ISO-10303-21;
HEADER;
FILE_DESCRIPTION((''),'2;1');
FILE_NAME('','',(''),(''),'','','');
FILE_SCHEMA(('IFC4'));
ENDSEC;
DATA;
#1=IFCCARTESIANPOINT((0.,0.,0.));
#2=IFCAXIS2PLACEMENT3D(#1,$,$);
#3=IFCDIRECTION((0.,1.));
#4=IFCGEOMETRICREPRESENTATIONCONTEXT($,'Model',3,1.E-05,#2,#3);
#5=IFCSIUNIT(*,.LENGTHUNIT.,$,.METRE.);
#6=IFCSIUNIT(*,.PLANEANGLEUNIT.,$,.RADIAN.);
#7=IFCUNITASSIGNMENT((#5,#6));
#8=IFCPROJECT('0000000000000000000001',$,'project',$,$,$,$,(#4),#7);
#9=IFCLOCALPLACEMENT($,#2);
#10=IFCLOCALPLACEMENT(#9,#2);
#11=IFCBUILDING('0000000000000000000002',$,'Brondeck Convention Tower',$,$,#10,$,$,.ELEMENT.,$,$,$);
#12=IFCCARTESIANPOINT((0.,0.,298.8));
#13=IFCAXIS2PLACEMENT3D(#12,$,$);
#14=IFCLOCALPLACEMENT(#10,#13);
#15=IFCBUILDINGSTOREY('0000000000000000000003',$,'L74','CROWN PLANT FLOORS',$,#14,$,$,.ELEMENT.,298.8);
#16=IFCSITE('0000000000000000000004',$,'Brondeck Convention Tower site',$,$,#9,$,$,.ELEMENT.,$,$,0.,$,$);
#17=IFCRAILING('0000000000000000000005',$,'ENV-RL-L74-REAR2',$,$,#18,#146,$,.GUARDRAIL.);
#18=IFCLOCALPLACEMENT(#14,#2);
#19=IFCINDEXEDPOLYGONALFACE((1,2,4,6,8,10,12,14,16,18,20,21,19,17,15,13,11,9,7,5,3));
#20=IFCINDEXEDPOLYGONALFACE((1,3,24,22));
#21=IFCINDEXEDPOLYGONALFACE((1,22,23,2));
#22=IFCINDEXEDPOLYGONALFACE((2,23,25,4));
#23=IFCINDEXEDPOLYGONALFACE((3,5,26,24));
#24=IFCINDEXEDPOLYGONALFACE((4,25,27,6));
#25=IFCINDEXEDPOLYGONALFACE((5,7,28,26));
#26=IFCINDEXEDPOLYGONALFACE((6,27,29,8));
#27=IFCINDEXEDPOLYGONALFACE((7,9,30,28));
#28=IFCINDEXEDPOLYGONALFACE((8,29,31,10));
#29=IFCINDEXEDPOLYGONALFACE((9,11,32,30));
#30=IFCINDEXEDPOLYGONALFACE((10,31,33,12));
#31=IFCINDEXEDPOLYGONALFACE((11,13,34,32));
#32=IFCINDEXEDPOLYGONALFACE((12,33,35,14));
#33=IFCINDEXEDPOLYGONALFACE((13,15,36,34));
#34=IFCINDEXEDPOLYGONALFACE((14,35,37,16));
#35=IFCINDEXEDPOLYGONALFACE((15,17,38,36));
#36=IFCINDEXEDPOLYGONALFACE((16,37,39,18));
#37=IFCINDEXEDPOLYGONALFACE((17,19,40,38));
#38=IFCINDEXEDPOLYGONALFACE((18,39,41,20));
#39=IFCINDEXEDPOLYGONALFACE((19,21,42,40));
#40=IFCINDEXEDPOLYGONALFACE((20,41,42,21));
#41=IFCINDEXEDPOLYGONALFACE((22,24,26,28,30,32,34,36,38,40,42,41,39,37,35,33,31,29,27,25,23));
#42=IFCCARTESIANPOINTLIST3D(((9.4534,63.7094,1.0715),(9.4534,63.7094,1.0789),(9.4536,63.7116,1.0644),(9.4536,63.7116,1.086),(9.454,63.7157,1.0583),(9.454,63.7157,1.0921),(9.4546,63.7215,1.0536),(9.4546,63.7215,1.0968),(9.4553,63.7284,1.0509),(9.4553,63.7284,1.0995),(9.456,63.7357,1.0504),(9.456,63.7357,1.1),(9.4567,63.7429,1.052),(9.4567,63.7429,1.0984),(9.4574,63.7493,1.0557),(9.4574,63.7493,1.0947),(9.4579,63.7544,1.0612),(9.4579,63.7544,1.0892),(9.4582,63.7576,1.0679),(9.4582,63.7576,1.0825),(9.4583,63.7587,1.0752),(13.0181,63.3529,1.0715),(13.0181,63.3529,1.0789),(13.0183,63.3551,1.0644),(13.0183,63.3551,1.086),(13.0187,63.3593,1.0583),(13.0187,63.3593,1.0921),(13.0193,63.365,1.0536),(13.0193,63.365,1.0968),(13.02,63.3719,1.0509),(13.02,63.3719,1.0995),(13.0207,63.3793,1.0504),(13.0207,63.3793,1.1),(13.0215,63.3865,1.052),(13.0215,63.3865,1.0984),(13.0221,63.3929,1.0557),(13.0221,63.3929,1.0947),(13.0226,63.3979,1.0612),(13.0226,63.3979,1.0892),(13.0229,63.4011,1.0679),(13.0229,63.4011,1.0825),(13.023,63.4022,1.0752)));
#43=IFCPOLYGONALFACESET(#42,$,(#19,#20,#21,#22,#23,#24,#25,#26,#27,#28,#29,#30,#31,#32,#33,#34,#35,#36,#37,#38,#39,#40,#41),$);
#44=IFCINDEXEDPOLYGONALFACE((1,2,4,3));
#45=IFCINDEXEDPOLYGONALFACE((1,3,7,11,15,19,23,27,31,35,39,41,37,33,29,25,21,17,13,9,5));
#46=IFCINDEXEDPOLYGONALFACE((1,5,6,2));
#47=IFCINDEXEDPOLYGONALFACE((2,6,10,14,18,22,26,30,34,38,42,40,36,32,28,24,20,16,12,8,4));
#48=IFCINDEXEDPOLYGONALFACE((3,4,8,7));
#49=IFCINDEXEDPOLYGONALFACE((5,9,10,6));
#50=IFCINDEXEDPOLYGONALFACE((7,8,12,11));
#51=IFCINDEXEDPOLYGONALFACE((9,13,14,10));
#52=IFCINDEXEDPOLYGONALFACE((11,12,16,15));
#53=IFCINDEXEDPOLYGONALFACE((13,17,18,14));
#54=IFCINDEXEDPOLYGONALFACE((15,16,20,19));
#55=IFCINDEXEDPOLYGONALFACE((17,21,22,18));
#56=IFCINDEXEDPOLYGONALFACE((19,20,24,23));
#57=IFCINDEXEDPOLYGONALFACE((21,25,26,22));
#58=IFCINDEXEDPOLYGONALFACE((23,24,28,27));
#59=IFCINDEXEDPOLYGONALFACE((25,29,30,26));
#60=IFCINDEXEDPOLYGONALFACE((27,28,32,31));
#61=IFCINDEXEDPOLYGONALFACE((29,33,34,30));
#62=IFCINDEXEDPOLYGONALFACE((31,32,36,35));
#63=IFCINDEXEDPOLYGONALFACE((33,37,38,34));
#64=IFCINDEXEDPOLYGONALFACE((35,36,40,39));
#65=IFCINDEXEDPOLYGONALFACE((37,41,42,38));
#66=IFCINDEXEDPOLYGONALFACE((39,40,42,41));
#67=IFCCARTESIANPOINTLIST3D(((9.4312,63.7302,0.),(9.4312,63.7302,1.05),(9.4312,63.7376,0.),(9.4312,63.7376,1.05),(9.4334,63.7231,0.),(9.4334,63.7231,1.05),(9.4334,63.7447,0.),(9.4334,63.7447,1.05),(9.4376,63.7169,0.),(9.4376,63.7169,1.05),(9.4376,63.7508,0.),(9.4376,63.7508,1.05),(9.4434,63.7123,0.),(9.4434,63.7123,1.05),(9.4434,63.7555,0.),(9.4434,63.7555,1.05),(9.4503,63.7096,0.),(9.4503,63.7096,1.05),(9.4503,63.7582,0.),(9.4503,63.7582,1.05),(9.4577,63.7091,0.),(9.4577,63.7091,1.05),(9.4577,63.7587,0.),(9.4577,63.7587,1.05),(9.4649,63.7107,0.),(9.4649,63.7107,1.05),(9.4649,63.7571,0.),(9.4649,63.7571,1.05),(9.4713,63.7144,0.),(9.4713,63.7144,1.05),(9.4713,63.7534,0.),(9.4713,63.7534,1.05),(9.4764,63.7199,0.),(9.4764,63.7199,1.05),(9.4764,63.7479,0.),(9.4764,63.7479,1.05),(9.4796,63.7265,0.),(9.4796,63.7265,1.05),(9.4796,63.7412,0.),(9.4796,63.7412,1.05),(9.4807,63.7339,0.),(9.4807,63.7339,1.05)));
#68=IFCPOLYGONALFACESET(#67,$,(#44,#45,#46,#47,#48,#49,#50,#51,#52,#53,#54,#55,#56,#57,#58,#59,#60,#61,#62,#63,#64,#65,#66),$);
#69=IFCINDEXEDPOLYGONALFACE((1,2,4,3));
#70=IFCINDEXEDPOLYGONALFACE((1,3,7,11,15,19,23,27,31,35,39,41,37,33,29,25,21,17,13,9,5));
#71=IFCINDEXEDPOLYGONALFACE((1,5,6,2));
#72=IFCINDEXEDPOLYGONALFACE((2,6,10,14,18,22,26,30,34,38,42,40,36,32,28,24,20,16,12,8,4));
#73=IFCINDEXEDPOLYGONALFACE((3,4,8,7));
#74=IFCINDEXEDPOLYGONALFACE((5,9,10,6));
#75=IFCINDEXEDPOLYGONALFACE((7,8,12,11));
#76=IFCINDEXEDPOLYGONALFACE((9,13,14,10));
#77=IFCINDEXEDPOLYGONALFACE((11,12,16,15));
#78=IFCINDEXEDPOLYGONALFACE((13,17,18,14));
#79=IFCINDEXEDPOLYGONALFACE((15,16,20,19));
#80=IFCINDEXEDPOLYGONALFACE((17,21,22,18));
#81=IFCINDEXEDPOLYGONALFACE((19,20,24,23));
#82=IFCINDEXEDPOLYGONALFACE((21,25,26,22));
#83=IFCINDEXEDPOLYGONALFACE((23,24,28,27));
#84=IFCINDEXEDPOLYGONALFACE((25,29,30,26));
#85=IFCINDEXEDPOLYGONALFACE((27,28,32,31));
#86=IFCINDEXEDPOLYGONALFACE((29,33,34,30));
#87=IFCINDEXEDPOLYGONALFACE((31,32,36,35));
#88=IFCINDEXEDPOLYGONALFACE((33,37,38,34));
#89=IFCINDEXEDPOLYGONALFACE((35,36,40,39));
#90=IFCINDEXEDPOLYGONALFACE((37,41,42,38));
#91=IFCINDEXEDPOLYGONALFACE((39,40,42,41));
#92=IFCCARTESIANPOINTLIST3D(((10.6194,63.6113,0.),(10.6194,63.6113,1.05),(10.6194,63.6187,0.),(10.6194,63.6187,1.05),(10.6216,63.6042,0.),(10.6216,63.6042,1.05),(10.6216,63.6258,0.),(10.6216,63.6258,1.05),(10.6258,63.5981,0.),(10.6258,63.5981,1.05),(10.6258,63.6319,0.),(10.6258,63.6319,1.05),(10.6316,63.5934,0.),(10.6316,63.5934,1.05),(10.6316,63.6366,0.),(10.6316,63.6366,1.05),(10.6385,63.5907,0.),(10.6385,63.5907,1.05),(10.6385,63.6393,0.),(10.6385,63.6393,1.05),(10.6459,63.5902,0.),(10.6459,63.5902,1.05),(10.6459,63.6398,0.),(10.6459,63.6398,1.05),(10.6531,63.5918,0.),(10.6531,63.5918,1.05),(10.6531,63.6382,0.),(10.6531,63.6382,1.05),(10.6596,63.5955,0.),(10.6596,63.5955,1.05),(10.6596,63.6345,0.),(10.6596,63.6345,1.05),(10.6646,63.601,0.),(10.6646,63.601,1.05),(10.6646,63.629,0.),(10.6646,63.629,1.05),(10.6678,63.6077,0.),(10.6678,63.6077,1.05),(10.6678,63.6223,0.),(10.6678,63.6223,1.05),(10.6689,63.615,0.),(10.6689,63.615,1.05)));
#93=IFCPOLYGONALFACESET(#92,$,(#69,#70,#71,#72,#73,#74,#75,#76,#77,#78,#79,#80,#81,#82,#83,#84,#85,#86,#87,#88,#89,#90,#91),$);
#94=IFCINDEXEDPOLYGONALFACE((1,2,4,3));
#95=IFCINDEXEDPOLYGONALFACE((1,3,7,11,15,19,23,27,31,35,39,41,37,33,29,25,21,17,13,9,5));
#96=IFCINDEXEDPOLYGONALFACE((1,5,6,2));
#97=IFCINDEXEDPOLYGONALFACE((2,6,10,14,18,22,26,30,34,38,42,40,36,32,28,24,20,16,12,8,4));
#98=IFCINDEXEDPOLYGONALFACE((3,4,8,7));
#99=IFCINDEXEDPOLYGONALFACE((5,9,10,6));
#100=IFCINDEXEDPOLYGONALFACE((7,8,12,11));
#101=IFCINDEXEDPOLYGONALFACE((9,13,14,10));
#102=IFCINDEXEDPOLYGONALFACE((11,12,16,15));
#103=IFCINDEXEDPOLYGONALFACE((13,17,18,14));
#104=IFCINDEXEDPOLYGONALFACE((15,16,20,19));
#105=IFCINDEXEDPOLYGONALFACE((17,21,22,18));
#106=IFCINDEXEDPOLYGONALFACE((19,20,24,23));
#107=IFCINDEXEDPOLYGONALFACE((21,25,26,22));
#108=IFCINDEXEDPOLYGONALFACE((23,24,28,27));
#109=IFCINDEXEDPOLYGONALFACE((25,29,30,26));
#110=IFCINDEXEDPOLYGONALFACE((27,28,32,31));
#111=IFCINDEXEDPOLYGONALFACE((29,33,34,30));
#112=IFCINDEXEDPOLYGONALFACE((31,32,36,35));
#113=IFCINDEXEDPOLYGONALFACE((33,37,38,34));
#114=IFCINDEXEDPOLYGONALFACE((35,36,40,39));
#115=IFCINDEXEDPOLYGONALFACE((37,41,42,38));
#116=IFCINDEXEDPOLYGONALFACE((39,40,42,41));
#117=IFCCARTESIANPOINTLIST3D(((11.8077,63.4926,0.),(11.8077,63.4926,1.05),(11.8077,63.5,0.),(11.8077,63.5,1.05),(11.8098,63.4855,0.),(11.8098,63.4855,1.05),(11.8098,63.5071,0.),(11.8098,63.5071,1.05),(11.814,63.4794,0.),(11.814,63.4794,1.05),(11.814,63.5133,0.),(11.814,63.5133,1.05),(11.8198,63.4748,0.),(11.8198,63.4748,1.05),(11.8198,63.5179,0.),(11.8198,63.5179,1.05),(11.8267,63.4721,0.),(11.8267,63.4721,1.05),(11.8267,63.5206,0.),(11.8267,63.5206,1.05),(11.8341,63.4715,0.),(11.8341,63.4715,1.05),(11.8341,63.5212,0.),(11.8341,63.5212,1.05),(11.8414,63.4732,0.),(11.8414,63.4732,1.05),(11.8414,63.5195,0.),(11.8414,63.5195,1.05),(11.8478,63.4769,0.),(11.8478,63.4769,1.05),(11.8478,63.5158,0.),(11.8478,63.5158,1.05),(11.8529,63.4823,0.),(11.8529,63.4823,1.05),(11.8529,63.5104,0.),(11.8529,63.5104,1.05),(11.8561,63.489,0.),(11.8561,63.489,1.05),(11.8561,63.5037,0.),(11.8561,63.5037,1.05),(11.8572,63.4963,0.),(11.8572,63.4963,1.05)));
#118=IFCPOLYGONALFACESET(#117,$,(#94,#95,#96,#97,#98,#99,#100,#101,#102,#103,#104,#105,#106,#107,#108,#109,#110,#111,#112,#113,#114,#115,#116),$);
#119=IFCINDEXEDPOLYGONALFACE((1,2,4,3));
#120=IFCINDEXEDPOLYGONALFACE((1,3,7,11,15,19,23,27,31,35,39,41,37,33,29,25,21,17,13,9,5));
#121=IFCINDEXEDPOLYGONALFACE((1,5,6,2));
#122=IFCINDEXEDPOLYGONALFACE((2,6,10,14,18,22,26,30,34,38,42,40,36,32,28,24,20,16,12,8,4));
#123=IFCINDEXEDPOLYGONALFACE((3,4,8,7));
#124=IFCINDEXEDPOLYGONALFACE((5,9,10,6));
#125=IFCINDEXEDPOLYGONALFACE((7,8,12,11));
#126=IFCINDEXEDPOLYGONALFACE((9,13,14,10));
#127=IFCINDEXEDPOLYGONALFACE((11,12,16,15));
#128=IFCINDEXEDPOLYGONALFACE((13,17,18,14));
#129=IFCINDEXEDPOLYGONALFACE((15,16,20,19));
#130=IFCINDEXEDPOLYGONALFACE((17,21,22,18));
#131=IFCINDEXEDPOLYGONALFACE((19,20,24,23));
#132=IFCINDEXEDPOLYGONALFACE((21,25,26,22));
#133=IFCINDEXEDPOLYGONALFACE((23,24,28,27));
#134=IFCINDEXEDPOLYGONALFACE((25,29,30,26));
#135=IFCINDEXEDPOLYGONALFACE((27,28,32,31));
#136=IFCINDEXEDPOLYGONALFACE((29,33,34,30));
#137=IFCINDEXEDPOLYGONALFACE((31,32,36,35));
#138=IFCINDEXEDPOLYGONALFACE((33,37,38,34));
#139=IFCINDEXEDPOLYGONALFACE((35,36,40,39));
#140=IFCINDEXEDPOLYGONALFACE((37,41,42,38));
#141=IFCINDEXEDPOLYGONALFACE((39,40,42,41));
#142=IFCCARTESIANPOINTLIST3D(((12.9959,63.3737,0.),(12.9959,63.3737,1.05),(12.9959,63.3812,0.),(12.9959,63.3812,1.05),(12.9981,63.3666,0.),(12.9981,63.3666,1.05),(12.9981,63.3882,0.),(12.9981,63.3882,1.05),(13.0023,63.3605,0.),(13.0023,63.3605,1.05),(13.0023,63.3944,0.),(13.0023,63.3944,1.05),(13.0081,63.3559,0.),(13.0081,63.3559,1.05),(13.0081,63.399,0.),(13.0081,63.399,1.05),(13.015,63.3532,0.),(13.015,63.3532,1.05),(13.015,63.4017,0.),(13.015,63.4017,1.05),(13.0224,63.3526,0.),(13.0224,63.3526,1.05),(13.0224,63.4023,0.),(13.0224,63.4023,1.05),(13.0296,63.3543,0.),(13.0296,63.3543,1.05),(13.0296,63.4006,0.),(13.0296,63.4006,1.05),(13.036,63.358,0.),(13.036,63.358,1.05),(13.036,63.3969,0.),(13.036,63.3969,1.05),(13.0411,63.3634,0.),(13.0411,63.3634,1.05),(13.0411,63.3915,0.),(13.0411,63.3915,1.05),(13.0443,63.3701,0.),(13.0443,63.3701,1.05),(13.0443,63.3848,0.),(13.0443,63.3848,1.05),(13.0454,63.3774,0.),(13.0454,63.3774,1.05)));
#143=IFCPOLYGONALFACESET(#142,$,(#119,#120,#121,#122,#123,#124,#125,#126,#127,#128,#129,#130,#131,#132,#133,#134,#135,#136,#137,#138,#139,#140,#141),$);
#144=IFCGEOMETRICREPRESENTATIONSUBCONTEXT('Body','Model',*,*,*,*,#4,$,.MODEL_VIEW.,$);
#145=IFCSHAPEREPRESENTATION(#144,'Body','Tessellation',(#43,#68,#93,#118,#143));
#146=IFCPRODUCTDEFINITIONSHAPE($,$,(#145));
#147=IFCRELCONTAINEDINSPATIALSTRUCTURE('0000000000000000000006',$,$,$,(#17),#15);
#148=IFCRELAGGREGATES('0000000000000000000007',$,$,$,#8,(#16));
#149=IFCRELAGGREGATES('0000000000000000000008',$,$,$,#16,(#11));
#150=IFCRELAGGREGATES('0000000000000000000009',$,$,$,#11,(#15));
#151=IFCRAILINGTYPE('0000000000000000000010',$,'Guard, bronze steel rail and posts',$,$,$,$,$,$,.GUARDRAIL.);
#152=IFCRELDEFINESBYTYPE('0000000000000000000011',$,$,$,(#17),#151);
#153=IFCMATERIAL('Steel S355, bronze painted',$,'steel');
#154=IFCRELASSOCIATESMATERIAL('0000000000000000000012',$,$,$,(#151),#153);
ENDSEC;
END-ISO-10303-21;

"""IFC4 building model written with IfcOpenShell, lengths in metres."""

from ifc_helpers import new_model, si_unit, direction, frame, origin, origin_2d, place, context, subcontext, project, spatial, circle, extrude, material, type_object, element, save


model = new_model("IFC4")

# Units and contexts
model_context = context("Model", 3, precision=1e-05, world=origin(), true_north=direction((0.0, 1.0)))
body_context = subcontext(model_context, "Body", "Model", "MODEL_VIEW")
ifc_project = project(units=[si_unit("LENGTHUNIT", "METRE"), si_unit("PLANEANGLEUNIT", "RADIAN")], contexts=[model_context])

# Site, building, storey
site_placement = place(None, origin())
site = spatial("IfcSite", under=ifc_project, at=site_placement, Name="Brondeck Convention Tower site", CompositionType="ELEMENT", RefElevation=0.0)
building_placement = place(site_placement, origin())
building = spatial("IfcBuilding", under=site, at=building_placement, Name="Brondeck Convention Tower", CompositionType="ELEMENT")
storey_placement = place(building_placement, frame((0.0, 0.0, 298.8)))
storey = spatial("IfcBuildingStorey", under=building, at=storey_placement, Name="L74", Description="CROWN PLANT FLOORS", CompositionType="ELEMENT", Elevation=298.8)

# Railing
ifc_material_1 = material(Name="Steel S355, bronze painted", Category="steel")
railing_type_1 = type_object("IfcRailingType", Name="Guard, bronze steel rail and posts", PredefinedType="GUARDRAIL", material=ifc_material_1)
railing_1_placement = place(storey_placement, frame((9.4558, 63.7339, 0.0)))
element("IfcRailing", 1, at=railing_1_placement, inside=storey, type_object=railing_type_1, Name="ENV-RL-L74-REAR2", PredefinedType="GUARDRAIL", context=body_context, shape_type="SweptSolid", body=[
    extrude(circle(Radius=0.0249, at=origin_2d()), frame((0.0, 0.0, 1.0752), z_axis=(0.995038, -0.099497, 0.0), x_axis=(0.099497, 0.995038, 0.0)), (0.0, 0.0, 1.0), 3.5825),
    extrude(circle(Radius=0.0249, at=origin_2d()), origin(), (0.0, 0.0, 1.0), 1.05),
    extrude(circle(Radius=0.0249, at=origin_2d()), frame((1.1882, -0.1189, 0.0)), (0.0, 0.0, 1.0), 1.05),
    extrude(circle(Radius=0.0249, at=origin_2d()), frame((2.3765, -0.2375, 0.0)), (0.0, 0.0, 1.0), 1.05),
    extrude(circle(Radius=0.0249, at=origin_2d()), frame((3.5647, -0.3564, 0.0)), (0.0, 0.0, 1.0), 1.05),
])

save(model, "model.ifc")
